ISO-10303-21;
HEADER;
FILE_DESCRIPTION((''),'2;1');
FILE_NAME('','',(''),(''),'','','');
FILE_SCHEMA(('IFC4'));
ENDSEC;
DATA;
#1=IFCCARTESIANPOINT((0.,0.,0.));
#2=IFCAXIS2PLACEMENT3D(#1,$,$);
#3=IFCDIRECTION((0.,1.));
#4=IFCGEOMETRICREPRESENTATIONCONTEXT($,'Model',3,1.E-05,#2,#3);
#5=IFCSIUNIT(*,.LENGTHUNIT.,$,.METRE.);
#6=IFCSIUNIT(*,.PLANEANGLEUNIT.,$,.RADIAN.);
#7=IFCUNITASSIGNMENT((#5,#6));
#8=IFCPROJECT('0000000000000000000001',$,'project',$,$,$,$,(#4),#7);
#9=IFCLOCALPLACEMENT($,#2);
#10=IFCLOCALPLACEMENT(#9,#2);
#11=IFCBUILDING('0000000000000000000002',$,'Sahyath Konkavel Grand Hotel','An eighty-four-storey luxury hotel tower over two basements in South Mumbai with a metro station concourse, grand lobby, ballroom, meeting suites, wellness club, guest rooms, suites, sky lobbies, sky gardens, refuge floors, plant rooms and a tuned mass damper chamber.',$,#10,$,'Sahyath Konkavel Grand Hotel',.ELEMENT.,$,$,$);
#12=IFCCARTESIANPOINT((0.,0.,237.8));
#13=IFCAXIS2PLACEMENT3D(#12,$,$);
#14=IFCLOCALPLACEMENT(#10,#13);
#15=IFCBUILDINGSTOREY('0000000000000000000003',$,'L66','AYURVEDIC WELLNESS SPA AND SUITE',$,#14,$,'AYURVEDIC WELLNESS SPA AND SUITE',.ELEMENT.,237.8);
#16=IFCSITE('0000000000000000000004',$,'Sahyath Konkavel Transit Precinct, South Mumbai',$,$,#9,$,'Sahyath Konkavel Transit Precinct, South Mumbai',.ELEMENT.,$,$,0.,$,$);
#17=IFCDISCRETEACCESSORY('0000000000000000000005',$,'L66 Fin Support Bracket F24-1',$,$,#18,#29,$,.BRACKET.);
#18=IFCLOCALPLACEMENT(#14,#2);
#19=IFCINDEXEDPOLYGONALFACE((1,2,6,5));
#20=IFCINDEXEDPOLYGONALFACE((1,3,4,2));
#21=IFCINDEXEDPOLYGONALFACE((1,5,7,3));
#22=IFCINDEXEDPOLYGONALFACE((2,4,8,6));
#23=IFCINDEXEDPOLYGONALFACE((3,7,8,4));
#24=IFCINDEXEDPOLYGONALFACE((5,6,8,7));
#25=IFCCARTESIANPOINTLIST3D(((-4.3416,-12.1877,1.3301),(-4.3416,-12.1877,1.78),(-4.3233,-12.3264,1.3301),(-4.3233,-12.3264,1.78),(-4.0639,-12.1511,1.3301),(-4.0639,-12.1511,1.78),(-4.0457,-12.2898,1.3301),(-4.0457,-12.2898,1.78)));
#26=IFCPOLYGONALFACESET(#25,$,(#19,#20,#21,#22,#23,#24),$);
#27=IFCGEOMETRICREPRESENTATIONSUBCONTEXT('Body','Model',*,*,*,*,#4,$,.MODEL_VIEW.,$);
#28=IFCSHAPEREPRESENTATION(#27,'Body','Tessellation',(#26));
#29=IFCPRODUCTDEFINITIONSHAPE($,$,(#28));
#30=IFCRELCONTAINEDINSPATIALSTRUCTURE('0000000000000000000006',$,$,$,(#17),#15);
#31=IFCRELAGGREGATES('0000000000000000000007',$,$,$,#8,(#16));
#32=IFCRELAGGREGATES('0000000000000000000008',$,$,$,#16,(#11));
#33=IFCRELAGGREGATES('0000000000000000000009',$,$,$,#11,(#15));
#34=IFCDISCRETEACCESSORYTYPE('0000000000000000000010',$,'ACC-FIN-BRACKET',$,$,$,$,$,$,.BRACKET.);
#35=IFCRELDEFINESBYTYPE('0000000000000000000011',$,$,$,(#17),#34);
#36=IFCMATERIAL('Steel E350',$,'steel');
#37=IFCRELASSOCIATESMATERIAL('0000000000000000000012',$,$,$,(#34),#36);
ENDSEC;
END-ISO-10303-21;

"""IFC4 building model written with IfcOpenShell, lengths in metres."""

from ifc_helpers import new_model, si_unit, direction, frame, origin, origin_2d, place, context, subcontext, project, spatial, rectangle, extrude, source, transform, mapped, material, type_object, element, save


model = new_model("IFC4")

# Units and contexts
model_context = context("Model", 3, precision=1e-05, world=origin(), true_north=direction((0.0, 1.0)))
body_context = subcontext(model_context, "Body", "Model", "MODEL_VIEW")
ifc_project = project(units=[si_unit("LENGTHUNIT", "METRE"), si_unit("PLANEANGLEUNIT", "RADIAN")], contexts=[model_context])

# Site, building, storey
site_placement = place(None, origin())
site = spatial("IfcSite", under=ifc_project, at=site_placement, Name="Sahyath Konkavel Transit Precinct, South Mumbai", LongName="Sahyath Konkavel Transit Precinct, South Mumbai", CompositionType="ELEMENT", RefElevation=0.0)
building_placement = place(site_placement, origin())
building = spatial("IfcBuilding", under=site, at=building_placement, Name="Sahyath Konkavel Grand Hotel", Description="An eighty-four-storey luxury hotel tower over two basements in South Mumbai with a metro station concourse, grand lobby, ballroom, meeting suites, wellness club, guest rooms, suites, sky lobbies, sky gardens, refuge floors, plant rooms and a tuned mass damper chamber.", LongName="Sahyath Konkavel Grand Hotel", CompositionType="ELEMENT")
storey_placement = place(building_placement, frame((0.0, 0.0, 237.8)))
storey = spatial("IfcBuildingStorey", under=building, at=storey_placement, Name="L66", Description="AYURVEDIC WELLNESS SPA AND SUITE", LongName="AYURVEDIC WELLNESS SPA AND SUITE", CompositionType="ELEMENT", Elevation=237.8)

# Shared definitions
ifc_material_1 = material(Name="Steel E350", Category="steel")

# Discrete accessory
discrete_accessory_type = type_object("IfcDiscreteAccessoryType", Name="ACC-FIN-BRACKET", PredefinedType="BRACKET", material=ifc_material_1)
shared_shape_1 = source(origin(), body_context, "Body", "SweptSolid", [
    extrude(rectangle(XDim=0.28, YDim=0.1399, at=origin_2d()), origin(), (0.0, 0.0, 1.0), 0.45),
])
discrete_accessory_placement = place(storey_placement, frame((-4.1936, -12.2388, 1.3301), z_axis=(0.0, 0.0, 1.0), x_axis=(-0.991445, -0.130526, 0.0)))
element("IfcDiscreteAccessory", 1, at=discrete_accessory_placement, inside=storey, type_object=discrete_accessory_type, Name="L66 Fin Support Bracket F24-1", PredefinedType="BRACKET", context=body_context, shape_type="MappedRepresentation", body=[
    mapped(shared_shape_1, transform((0.0, 0.0, 0.0), scale=1.0)),
])

save(model, "model.ifc")
